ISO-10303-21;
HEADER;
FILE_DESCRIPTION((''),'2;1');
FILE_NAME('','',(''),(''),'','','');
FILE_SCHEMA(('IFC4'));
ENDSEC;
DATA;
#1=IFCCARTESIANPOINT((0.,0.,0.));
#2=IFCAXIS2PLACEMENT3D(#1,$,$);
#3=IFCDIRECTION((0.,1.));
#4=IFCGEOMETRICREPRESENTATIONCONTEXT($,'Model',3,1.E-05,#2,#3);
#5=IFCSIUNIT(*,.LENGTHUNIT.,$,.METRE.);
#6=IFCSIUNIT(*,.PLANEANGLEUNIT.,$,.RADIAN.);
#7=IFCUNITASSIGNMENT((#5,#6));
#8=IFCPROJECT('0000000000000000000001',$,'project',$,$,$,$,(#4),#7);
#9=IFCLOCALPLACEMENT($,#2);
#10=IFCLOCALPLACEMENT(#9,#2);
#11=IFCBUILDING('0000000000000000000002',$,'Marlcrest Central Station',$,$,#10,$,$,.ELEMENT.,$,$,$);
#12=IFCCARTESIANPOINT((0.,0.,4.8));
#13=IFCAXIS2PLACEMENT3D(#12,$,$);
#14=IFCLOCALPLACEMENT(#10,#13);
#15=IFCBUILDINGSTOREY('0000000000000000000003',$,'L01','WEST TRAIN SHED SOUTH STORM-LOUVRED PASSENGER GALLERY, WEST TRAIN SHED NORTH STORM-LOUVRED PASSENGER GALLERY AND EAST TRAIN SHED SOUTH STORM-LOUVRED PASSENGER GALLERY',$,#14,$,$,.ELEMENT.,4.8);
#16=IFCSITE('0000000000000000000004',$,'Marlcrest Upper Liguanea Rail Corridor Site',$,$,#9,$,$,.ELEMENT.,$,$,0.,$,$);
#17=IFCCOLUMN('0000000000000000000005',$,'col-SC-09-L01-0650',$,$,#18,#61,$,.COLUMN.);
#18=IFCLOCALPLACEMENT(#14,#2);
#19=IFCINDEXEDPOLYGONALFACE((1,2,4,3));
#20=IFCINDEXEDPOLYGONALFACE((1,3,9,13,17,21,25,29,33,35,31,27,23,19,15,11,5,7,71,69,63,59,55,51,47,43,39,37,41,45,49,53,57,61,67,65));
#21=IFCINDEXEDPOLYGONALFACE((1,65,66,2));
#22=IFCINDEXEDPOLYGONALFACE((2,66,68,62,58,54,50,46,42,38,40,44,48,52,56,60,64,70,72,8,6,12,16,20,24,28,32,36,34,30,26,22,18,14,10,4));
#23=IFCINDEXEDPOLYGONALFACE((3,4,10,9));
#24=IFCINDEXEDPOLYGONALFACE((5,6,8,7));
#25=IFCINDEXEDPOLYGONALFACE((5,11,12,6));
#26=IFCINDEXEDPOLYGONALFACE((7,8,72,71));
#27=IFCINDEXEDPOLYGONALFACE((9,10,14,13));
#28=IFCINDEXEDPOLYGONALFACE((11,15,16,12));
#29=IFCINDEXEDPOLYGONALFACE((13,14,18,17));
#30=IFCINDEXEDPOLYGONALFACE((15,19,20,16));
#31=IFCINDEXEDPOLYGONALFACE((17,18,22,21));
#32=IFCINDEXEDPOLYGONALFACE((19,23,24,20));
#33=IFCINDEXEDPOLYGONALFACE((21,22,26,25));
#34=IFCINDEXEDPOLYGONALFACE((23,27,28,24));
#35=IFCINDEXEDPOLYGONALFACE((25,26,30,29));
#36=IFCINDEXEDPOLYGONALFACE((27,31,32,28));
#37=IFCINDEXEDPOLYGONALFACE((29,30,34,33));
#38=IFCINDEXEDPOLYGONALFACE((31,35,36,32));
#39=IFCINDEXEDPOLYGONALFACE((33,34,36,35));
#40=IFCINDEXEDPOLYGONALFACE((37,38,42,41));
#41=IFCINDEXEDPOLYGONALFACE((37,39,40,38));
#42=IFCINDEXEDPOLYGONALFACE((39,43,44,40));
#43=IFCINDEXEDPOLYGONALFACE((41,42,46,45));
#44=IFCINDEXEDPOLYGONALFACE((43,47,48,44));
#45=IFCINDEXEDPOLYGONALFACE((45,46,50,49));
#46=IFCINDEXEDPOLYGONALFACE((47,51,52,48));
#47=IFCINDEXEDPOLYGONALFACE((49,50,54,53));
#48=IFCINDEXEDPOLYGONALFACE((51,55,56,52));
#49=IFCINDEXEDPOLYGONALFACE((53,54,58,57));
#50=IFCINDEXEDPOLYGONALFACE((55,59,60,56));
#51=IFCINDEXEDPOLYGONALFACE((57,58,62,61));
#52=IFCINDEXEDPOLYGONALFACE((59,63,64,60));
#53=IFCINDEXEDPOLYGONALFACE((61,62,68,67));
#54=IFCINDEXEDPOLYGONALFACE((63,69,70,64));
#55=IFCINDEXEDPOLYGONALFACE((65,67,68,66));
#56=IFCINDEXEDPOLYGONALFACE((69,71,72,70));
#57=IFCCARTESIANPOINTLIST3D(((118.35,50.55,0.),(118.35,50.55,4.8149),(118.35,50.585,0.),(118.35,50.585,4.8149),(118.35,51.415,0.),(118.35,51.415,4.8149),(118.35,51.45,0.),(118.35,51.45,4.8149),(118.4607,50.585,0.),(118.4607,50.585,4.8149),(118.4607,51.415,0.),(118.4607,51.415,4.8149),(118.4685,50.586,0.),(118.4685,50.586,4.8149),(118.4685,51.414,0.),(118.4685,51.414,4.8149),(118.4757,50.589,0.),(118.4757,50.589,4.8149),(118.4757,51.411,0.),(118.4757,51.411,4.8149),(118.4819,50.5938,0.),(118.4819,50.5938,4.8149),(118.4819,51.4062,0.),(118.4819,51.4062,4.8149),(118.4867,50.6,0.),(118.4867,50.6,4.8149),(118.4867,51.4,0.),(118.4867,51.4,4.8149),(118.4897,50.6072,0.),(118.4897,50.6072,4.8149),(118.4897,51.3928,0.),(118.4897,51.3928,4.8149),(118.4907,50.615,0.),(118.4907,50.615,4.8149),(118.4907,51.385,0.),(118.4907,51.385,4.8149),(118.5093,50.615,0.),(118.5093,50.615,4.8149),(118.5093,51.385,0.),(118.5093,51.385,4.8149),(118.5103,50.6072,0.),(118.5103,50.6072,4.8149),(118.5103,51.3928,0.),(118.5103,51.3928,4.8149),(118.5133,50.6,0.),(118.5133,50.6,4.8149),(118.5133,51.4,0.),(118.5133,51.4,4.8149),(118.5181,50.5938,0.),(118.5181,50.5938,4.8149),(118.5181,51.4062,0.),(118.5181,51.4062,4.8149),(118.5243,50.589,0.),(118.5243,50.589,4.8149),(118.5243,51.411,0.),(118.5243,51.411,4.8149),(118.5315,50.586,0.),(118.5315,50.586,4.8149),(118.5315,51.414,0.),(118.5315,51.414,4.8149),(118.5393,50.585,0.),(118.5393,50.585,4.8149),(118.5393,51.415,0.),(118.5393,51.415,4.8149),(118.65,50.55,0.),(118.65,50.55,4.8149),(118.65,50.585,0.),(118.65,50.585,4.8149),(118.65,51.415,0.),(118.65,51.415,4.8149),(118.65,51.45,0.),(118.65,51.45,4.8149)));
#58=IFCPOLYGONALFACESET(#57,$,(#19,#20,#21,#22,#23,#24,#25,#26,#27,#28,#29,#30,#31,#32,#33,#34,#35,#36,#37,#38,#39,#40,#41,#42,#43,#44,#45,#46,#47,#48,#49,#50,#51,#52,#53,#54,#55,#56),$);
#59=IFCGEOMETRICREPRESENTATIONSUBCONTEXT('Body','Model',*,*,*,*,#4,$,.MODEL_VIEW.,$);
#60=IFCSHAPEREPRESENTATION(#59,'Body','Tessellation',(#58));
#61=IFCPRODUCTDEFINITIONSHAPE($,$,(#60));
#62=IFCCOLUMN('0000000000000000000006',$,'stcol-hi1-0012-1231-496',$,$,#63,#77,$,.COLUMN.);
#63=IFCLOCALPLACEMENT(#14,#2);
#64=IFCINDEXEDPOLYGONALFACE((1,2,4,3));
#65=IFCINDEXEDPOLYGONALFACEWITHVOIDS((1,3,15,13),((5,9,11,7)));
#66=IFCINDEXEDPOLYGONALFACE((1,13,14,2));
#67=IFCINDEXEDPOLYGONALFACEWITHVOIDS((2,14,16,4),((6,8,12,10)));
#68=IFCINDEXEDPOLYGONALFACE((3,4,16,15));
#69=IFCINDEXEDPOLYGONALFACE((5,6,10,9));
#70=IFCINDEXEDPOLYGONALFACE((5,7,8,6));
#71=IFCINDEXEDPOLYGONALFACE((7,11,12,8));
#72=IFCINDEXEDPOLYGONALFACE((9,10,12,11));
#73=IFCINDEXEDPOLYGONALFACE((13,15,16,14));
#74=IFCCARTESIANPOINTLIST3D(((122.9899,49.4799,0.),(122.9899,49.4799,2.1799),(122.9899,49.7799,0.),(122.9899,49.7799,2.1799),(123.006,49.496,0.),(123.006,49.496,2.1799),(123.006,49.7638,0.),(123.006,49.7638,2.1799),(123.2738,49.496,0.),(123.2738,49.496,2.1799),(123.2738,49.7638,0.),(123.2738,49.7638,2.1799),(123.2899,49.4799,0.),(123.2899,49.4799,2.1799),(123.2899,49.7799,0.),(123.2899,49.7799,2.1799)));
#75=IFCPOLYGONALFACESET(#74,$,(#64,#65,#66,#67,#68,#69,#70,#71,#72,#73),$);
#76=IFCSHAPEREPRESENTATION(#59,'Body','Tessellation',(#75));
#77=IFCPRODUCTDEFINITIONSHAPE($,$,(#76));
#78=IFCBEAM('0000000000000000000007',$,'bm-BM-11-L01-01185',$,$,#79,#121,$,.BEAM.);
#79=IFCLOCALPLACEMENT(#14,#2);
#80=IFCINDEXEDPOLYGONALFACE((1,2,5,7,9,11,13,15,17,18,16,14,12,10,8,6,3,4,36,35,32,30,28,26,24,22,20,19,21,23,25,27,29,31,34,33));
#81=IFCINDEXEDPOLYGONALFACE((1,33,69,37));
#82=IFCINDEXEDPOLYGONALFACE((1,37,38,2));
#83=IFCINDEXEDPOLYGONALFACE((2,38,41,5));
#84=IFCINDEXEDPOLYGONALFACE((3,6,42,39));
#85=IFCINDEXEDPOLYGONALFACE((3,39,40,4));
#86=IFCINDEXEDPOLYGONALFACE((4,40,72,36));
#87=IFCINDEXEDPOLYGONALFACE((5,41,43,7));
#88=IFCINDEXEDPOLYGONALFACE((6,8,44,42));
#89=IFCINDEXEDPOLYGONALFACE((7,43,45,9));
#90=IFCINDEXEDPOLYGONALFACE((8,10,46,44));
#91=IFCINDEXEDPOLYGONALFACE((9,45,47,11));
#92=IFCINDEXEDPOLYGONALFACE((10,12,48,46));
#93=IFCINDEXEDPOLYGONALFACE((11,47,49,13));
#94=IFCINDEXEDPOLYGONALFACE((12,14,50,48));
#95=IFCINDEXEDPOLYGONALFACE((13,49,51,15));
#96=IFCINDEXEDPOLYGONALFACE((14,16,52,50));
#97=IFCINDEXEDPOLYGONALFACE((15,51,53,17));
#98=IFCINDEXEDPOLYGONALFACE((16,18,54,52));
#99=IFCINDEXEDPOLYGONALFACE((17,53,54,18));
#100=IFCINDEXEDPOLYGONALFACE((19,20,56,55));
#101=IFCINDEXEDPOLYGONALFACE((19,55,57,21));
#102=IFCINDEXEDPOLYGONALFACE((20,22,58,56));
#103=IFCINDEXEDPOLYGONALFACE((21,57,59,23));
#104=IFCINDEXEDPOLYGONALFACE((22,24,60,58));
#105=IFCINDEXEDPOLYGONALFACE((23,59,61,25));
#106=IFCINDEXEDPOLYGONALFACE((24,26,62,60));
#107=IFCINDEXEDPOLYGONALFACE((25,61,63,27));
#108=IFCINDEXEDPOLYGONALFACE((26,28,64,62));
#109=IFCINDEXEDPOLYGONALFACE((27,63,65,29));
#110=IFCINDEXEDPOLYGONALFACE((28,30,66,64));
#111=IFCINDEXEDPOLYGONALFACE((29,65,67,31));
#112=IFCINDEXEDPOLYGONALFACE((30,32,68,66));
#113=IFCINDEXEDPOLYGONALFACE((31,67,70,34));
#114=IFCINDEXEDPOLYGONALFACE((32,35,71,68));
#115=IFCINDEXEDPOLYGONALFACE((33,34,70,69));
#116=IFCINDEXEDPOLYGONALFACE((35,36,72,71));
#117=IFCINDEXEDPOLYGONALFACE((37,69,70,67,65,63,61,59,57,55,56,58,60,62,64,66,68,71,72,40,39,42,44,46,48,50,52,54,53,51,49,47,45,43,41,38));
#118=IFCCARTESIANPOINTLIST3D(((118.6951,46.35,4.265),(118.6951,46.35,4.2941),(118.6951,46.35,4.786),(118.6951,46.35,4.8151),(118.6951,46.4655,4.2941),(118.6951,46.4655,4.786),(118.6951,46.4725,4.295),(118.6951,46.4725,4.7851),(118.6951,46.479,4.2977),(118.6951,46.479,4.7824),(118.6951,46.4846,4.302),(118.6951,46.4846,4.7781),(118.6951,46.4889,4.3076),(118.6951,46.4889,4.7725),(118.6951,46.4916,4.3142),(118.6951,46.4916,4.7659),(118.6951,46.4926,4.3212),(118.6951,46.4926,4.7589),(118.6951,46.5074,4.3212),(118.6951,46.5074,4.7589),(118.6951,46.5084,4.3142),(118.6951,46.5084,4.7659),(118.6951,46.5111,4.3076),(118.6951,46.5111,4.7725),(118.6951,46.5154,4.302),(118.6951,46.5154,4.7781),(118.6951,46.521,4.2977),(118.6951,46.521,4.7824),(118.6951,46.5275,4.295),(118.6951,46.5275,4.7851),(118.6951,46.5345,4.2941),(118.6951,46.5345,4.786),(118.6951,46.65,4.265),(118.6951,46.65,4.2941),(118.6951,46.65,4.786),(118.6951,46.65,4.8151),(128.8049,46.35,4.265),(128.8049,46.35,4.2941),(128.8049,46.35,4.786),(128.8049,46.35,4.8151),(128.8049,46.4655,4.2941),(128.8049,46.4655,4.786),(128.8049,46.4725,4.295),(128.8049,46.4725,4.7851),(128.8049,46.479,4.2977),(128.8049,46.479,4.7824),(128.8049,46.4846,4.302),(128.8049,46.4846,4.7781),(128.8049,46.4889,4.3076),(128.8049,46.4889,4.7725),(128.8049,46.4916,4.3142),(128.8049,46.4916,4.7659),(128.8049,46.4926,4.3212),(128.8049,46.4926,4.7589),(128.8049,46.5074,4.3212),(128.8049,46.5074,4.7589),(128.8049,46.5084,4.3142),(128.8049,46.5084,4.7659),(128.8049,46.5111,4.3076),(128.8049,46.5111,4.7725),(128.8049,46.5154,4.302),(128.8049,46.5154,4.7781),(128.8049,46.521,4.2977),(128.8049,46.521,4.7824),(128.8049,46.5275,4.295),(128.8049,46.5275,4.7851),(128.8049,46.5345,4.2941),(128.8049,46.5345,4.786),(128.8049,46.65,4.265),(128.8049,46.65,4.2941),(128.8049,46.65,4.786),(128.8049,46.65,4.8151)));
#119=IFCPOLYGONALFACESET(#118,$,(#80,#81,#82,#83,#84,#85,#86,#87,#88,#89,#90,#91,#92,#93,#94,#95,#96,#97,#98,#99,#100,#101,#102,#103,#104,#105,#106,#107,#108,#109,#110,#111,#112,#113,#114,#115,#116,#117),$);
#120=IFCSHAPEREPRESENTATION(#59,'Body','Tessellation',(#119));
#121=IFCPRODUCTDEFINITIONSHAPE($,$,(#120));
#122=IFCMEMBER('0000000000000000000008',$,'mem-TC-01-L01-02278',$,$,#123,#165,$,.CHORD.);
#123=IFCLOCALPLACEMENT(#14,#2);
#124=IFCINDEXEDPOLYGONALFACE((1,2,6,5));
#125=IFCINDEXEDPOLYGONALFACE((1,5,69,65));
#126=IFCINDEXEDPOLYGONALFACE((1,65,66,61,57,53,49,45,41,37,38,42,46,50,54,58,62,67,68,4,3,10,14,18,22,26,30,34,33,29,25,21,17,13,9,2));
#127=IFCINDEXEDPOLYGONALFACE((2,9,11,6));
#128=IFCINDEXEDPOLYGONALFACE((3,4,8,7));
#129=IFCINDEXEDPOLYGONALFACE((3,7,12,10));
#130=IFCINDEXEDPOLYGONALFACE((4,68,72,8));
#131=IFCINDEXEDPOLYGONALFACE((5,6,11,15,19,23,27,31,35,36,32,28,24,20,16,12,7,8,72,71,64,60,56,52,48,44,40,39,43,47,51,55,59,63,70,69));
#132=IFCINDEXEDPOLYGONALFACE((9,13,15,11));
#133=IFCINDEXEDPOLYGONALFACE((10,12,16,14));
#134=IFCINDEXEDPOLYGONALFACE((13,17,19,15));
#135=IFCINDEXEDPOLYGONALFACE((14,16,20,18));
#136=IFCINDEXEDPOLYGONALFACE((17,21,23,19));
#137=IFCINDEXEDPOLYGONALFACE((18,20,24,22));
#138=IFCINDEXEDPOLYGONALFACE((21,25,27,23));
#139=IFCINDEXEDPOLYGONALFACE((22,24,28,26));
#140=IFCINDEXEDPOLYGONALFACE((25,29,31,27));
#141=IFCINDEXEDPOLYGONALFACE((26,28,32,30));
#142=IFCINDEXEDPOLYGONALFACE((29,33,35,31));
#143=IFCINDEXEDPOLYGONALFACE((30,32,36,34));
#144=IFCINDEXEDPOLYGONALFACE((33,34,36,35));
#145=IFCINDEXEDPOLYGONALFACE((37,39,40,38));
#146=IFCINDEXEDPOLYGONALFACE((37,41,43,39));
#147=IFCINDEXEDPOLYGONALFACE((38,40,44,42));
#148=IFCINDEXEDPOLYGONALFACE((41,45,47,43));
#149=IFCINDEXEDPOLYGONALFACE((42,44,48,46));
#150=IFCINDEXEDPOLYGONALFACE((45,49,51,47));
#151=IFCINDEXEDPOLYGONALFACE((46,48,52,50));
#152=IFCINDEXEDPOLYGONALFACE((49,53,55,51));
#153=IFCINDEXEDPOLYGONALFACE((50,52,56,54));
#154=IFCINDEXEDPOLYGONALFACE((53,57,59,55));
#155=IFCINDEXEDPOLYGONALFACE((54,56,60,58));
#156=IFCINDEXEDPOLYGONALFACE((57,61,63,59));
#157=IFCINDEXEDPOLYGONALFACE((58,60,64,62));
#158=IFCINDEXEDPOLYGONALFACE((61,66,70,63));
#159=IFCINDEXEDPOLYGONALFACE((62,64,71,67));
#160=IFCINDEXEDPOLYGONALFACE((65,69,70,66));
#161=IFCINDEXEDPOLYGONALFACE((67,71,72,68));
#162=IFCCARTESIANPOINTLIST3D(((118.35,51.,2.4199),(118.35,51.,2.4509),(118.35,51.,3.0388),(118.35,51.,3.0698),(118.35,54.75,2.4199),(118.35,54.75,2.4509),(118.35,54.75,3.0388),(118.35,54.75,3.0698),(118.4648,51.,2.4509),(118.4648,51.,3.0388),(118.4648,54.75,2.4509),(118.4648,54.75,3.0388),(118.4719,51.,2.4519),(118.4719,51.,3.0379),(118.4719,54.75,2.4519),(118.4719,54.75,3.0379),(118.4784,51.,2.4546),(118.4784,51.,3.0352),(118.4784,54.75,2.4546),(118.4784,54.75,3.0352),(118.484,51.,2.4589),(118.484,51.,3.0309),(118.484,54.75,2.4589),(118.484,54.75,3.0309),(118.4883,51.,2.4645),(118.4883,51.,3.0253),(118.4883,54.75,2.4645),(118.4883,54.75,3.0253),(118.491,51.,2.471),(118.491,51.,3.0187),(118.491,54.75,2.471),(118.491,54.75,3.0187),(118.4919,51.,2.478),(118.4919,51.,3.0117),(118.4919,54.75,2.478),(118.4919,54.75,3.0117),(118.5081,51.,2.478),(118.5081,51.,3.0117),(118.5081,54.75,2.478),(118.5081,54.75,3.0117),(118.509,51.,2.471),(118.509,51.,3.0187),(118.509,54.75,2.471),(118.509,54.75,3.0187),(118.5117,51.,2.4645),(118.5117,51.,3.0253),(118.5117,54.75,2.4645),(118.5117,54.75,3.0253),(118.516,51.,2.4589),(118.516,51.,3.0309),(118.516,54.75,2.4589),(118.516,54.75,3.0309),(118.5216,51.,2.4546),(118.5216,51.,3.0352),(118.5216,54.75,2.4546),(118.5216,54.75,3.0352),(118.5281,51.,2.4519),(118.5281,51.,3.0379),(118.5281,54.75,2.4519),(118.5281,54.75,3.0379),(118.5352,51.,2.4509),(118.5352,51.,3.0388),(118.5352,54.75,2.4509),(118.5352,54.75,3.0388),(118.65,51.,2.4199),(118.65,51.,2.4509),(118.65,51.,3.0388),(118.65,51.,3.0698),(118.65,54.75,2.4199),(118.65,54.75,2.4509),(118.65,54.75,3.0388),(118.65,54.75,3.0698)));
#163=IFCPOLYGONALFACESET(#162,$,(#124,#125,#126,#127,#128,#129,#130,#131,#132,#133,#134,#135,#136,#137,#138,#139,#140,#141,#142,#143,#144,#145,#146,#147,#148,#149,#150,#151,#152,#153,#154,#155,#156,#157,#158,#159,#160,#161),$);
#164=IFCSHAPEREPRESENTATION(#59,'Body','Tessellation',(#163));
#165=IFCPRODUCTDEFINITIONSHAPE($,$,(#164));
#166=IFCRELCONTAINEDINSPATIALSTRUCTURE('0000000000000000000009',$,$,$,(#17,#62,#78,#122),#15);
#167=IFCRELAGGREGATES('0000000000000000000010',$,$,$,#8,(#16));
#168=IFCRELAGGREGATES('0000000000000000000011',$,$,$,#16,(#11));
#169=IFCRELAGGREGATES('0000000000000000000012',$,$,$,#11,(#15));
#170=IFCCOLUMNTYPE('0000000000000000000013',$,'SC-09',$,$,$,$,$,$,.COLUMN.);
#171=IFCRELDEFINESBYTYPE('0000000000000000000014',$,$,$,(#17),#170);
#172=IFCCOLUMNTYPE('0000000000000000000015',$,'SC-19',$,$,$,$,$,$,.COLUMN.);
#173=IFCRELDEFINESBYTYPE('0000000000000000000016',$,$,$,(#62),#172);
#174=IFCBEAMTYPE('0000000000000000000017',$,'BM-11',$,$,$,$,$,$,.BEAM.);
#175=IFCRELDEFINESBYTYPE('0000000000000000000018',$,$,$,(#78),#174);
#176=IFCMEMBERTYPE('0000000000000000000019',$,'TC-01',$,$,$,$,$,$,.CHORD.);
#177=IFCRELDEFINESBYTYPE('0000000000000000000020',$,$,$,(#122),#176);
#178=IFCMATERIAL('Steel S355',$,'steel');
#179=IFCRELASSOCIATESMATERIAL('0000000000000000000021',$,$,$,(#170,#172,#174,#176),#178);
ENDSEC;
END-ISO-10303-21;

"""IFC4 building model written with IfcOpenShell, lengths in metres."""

from ifc_helpers import new_model, si_unit, direction, frame, origin, origin_2d, place, context, subcontext, project, spatial, hollow_rectangle, i_section, extrude, material, material_profile, profile_set, type_object, element, save


model = new_model("IFC4")

# Units and contexts
model_context = context("Model", 3, precision=1e-05, world=origin(), true_north=direction((0.0, 1.0)))
body_context = subcontext(model_context, "Body", "Model", "MODEL_VIEW")
ifc_project = project(units=[si_unit("LENGTHUNIT", "METRE"), si_unit("PLANEANGLEUNIT", "RADIAN")], contexts=[model_context])

# Site, building, storey
site_placement = place(None, origin())
site = spatial("IfcSite", under=ifc_project, at=site_placement, Name="Marlcrest Upper Liguanea Rail Corridor Site", CompositionType="ELEMENT", RefElevation=0.0)
building_placement = place(site_placement, origin())
building = spatial("IfcBuilding", under=site, at=building_placement, Name="Marlcrest Central Station", CompositionType="ELEMENT")
storey_placement = place(building_placement, frame((0.0, 0.0, 4.8)))
storey = spatial("IfcBuildingStorey", under=building, at=storey_placement, Name="L01", Description="WEST TRAIN SHED SOUTH STORM-LOUVRED PASSENGER GALLERY, WEST TRAIN SHED NORTH STORM-LOUVRED PASSENGER GALLERY AND EAST TRAIN SHED SOUTH STORM-LOUVRED PASSENGER GALLERY", CompositionType="ELEMENT", Elevation=4.8)

# Columns
ifc_material_1 = material(Name="Steel S355", Category="steel")
ifc_material_profile_1 = material_profile(ifc_material_1, i_section(OverallWidth=0.3, OverallDepth=0.8999, WebThickness=0.0186, FlangeThickness=0.0349, FilletRadius=0.03, at=origin_2d()), Name="HEB 900")
ifc_profile_set_1 = profile_set([ifc_material_profile_1], Name="Steel S355")
column_type_1 = type_object("IfcColumnType", Name="SC-09", PredefinedType="COLUMN", material=ifc_profile_set_1)
column_1_placement = place(storey_placement, frame((118.5, 51.0, 0.0), z_axis=(0.0, 0.0, 1.0), x_axis=(1.0, 0.0, 0.0)))
element("IfcColumn", 1, at=column_1_placement, inside=storey, type_object=column_type_1, Name="col-SC-09-L01-0650", PredefinedType="COLUMN", context=body_context, shape_type="SweptSolid", body=[
    extrude(i_section(OverallWidth=0.3, OverallDepth=0.8999, WebThickness=0.0186, FlangeThickness=0.0349, FilletRadius=0.03, at=origin_2d()), origin(), (0.0, 0.0, 1.0), 4.8149),
])
ifc_material_profile_2 = material_profile(ifc_material_1, hollow_rectangle(XDim=0.3, YDim=0.3, WallThickness=0.0161, at=origin_2d()), Name="SHS 300x300x16")
ifc_profile_set_2 = profile_set([ifc_material_profile_2], Name="Steel S355")
column_type_2 = type_object("IfcColumnType", Name="SC-19", PredefinedType="COLUMN", material=ifc_profile_set_2)
column_2_placement = place(storey_placement, frame((123.1399, 49.6299, 0.0), z_axis=(0.0, 0.0, 1.0), x_axis=(1.0, 0.0, 0.0)))
element("IfcColumn", 2, at=column_2_placement, inside=storey, type_object=column_type_2, Name="stcol-hi1-0012-1231-496", PredefinedType="COLUMN", context=body_context, shape_type="SweptSolid", body=[
    extrude(hollow_rectangle(XDim=0.3, YDim=0.3, WallThickness=0.0161, at=origin_2d()), origin(), (0.0, 0.0, 1.0), 2.1799),
])

# Beam
ifc_material_profile_3 = material_profile(ifc_material_1, i_section(OverallWidth=0.3, OverallDepth=0.55, WebThickness=0.0149, FlangeThickness=0.0291, FilletRadius=0.0271, at=origin_2d()), Name="HEB 550")
ifc_profile_set_3 = profile_set([ifc_material_profile_3], Name="Steel S355")
beam_type_1 = type_object("IfcBeamType", Name="BM-11", PredefinedType="BEAM", material=ifc_profile_set_3)
beam_1_placement = place(storey_placement, frame((118.6951, 46.5, 4.54), z_axis=(1.0, 0.0, 0.0), x_axis=(0.0, 1.0, 0.0)))
element("IfcBeam", 3, at=beam_1_placement, inside=storey, type_object=beam_type_1, Name="bm-BM-11-L01-01185", PredefinedType="BEAM", context=body_context, shape_type="SweptSolid", body=[
    extrude(i_section(OverallWidth=0.3, OverallDepth=0.55, WebThickness=0.0149, FlangeThickness=0.0291, FilletRadius=0.0271, at=origin_2d()), origin(), (0.0, 0.0, 1.0), 10.1099),
])

# Member
ifc_material_profile_4 = material_profile(ifc_material_1, i_section(OverallWidth=0.3, OverallDepth=0.6499, WebThickness=0.0161, FlangeThickness=0.031, FilletRadius=0.0271, at=origin_2d()), Name="HEB 650")
ifc_profile_set_4 = profile_set([ifc_material_profile_4], Name="Steel S355")
member_type_1 = type_object("IfcMemberType", Name="TC-01", PredefinedType="CHORD", material=ifc_profile_set_4)
member_1_placement = place(storey_placement, frame((118.5, 51.0, 2.7449), z_axis=(0.0, 1.0, 0.0), x_axis=(-1.0, 0.0, 0.0)))
element("IfcMember", 4, at=member_1_placement, inside=storey, type_object=member_type_1, Name="mem-TC-01-L01-02278", PredefinedType="CHORD", context=body_context, shape_type="SweptSolid", body=[
    extrude(i_section(OverallWidth=0.3, OverallDepth=0.6499, WebThickness=0.0161, FlangeThickness=0.031, FilletRadius=0.0271, at=origin_2d()), origin(), (0.0, 0.0, 1.0), 3.75),
])

save(model, "model.ifc")
